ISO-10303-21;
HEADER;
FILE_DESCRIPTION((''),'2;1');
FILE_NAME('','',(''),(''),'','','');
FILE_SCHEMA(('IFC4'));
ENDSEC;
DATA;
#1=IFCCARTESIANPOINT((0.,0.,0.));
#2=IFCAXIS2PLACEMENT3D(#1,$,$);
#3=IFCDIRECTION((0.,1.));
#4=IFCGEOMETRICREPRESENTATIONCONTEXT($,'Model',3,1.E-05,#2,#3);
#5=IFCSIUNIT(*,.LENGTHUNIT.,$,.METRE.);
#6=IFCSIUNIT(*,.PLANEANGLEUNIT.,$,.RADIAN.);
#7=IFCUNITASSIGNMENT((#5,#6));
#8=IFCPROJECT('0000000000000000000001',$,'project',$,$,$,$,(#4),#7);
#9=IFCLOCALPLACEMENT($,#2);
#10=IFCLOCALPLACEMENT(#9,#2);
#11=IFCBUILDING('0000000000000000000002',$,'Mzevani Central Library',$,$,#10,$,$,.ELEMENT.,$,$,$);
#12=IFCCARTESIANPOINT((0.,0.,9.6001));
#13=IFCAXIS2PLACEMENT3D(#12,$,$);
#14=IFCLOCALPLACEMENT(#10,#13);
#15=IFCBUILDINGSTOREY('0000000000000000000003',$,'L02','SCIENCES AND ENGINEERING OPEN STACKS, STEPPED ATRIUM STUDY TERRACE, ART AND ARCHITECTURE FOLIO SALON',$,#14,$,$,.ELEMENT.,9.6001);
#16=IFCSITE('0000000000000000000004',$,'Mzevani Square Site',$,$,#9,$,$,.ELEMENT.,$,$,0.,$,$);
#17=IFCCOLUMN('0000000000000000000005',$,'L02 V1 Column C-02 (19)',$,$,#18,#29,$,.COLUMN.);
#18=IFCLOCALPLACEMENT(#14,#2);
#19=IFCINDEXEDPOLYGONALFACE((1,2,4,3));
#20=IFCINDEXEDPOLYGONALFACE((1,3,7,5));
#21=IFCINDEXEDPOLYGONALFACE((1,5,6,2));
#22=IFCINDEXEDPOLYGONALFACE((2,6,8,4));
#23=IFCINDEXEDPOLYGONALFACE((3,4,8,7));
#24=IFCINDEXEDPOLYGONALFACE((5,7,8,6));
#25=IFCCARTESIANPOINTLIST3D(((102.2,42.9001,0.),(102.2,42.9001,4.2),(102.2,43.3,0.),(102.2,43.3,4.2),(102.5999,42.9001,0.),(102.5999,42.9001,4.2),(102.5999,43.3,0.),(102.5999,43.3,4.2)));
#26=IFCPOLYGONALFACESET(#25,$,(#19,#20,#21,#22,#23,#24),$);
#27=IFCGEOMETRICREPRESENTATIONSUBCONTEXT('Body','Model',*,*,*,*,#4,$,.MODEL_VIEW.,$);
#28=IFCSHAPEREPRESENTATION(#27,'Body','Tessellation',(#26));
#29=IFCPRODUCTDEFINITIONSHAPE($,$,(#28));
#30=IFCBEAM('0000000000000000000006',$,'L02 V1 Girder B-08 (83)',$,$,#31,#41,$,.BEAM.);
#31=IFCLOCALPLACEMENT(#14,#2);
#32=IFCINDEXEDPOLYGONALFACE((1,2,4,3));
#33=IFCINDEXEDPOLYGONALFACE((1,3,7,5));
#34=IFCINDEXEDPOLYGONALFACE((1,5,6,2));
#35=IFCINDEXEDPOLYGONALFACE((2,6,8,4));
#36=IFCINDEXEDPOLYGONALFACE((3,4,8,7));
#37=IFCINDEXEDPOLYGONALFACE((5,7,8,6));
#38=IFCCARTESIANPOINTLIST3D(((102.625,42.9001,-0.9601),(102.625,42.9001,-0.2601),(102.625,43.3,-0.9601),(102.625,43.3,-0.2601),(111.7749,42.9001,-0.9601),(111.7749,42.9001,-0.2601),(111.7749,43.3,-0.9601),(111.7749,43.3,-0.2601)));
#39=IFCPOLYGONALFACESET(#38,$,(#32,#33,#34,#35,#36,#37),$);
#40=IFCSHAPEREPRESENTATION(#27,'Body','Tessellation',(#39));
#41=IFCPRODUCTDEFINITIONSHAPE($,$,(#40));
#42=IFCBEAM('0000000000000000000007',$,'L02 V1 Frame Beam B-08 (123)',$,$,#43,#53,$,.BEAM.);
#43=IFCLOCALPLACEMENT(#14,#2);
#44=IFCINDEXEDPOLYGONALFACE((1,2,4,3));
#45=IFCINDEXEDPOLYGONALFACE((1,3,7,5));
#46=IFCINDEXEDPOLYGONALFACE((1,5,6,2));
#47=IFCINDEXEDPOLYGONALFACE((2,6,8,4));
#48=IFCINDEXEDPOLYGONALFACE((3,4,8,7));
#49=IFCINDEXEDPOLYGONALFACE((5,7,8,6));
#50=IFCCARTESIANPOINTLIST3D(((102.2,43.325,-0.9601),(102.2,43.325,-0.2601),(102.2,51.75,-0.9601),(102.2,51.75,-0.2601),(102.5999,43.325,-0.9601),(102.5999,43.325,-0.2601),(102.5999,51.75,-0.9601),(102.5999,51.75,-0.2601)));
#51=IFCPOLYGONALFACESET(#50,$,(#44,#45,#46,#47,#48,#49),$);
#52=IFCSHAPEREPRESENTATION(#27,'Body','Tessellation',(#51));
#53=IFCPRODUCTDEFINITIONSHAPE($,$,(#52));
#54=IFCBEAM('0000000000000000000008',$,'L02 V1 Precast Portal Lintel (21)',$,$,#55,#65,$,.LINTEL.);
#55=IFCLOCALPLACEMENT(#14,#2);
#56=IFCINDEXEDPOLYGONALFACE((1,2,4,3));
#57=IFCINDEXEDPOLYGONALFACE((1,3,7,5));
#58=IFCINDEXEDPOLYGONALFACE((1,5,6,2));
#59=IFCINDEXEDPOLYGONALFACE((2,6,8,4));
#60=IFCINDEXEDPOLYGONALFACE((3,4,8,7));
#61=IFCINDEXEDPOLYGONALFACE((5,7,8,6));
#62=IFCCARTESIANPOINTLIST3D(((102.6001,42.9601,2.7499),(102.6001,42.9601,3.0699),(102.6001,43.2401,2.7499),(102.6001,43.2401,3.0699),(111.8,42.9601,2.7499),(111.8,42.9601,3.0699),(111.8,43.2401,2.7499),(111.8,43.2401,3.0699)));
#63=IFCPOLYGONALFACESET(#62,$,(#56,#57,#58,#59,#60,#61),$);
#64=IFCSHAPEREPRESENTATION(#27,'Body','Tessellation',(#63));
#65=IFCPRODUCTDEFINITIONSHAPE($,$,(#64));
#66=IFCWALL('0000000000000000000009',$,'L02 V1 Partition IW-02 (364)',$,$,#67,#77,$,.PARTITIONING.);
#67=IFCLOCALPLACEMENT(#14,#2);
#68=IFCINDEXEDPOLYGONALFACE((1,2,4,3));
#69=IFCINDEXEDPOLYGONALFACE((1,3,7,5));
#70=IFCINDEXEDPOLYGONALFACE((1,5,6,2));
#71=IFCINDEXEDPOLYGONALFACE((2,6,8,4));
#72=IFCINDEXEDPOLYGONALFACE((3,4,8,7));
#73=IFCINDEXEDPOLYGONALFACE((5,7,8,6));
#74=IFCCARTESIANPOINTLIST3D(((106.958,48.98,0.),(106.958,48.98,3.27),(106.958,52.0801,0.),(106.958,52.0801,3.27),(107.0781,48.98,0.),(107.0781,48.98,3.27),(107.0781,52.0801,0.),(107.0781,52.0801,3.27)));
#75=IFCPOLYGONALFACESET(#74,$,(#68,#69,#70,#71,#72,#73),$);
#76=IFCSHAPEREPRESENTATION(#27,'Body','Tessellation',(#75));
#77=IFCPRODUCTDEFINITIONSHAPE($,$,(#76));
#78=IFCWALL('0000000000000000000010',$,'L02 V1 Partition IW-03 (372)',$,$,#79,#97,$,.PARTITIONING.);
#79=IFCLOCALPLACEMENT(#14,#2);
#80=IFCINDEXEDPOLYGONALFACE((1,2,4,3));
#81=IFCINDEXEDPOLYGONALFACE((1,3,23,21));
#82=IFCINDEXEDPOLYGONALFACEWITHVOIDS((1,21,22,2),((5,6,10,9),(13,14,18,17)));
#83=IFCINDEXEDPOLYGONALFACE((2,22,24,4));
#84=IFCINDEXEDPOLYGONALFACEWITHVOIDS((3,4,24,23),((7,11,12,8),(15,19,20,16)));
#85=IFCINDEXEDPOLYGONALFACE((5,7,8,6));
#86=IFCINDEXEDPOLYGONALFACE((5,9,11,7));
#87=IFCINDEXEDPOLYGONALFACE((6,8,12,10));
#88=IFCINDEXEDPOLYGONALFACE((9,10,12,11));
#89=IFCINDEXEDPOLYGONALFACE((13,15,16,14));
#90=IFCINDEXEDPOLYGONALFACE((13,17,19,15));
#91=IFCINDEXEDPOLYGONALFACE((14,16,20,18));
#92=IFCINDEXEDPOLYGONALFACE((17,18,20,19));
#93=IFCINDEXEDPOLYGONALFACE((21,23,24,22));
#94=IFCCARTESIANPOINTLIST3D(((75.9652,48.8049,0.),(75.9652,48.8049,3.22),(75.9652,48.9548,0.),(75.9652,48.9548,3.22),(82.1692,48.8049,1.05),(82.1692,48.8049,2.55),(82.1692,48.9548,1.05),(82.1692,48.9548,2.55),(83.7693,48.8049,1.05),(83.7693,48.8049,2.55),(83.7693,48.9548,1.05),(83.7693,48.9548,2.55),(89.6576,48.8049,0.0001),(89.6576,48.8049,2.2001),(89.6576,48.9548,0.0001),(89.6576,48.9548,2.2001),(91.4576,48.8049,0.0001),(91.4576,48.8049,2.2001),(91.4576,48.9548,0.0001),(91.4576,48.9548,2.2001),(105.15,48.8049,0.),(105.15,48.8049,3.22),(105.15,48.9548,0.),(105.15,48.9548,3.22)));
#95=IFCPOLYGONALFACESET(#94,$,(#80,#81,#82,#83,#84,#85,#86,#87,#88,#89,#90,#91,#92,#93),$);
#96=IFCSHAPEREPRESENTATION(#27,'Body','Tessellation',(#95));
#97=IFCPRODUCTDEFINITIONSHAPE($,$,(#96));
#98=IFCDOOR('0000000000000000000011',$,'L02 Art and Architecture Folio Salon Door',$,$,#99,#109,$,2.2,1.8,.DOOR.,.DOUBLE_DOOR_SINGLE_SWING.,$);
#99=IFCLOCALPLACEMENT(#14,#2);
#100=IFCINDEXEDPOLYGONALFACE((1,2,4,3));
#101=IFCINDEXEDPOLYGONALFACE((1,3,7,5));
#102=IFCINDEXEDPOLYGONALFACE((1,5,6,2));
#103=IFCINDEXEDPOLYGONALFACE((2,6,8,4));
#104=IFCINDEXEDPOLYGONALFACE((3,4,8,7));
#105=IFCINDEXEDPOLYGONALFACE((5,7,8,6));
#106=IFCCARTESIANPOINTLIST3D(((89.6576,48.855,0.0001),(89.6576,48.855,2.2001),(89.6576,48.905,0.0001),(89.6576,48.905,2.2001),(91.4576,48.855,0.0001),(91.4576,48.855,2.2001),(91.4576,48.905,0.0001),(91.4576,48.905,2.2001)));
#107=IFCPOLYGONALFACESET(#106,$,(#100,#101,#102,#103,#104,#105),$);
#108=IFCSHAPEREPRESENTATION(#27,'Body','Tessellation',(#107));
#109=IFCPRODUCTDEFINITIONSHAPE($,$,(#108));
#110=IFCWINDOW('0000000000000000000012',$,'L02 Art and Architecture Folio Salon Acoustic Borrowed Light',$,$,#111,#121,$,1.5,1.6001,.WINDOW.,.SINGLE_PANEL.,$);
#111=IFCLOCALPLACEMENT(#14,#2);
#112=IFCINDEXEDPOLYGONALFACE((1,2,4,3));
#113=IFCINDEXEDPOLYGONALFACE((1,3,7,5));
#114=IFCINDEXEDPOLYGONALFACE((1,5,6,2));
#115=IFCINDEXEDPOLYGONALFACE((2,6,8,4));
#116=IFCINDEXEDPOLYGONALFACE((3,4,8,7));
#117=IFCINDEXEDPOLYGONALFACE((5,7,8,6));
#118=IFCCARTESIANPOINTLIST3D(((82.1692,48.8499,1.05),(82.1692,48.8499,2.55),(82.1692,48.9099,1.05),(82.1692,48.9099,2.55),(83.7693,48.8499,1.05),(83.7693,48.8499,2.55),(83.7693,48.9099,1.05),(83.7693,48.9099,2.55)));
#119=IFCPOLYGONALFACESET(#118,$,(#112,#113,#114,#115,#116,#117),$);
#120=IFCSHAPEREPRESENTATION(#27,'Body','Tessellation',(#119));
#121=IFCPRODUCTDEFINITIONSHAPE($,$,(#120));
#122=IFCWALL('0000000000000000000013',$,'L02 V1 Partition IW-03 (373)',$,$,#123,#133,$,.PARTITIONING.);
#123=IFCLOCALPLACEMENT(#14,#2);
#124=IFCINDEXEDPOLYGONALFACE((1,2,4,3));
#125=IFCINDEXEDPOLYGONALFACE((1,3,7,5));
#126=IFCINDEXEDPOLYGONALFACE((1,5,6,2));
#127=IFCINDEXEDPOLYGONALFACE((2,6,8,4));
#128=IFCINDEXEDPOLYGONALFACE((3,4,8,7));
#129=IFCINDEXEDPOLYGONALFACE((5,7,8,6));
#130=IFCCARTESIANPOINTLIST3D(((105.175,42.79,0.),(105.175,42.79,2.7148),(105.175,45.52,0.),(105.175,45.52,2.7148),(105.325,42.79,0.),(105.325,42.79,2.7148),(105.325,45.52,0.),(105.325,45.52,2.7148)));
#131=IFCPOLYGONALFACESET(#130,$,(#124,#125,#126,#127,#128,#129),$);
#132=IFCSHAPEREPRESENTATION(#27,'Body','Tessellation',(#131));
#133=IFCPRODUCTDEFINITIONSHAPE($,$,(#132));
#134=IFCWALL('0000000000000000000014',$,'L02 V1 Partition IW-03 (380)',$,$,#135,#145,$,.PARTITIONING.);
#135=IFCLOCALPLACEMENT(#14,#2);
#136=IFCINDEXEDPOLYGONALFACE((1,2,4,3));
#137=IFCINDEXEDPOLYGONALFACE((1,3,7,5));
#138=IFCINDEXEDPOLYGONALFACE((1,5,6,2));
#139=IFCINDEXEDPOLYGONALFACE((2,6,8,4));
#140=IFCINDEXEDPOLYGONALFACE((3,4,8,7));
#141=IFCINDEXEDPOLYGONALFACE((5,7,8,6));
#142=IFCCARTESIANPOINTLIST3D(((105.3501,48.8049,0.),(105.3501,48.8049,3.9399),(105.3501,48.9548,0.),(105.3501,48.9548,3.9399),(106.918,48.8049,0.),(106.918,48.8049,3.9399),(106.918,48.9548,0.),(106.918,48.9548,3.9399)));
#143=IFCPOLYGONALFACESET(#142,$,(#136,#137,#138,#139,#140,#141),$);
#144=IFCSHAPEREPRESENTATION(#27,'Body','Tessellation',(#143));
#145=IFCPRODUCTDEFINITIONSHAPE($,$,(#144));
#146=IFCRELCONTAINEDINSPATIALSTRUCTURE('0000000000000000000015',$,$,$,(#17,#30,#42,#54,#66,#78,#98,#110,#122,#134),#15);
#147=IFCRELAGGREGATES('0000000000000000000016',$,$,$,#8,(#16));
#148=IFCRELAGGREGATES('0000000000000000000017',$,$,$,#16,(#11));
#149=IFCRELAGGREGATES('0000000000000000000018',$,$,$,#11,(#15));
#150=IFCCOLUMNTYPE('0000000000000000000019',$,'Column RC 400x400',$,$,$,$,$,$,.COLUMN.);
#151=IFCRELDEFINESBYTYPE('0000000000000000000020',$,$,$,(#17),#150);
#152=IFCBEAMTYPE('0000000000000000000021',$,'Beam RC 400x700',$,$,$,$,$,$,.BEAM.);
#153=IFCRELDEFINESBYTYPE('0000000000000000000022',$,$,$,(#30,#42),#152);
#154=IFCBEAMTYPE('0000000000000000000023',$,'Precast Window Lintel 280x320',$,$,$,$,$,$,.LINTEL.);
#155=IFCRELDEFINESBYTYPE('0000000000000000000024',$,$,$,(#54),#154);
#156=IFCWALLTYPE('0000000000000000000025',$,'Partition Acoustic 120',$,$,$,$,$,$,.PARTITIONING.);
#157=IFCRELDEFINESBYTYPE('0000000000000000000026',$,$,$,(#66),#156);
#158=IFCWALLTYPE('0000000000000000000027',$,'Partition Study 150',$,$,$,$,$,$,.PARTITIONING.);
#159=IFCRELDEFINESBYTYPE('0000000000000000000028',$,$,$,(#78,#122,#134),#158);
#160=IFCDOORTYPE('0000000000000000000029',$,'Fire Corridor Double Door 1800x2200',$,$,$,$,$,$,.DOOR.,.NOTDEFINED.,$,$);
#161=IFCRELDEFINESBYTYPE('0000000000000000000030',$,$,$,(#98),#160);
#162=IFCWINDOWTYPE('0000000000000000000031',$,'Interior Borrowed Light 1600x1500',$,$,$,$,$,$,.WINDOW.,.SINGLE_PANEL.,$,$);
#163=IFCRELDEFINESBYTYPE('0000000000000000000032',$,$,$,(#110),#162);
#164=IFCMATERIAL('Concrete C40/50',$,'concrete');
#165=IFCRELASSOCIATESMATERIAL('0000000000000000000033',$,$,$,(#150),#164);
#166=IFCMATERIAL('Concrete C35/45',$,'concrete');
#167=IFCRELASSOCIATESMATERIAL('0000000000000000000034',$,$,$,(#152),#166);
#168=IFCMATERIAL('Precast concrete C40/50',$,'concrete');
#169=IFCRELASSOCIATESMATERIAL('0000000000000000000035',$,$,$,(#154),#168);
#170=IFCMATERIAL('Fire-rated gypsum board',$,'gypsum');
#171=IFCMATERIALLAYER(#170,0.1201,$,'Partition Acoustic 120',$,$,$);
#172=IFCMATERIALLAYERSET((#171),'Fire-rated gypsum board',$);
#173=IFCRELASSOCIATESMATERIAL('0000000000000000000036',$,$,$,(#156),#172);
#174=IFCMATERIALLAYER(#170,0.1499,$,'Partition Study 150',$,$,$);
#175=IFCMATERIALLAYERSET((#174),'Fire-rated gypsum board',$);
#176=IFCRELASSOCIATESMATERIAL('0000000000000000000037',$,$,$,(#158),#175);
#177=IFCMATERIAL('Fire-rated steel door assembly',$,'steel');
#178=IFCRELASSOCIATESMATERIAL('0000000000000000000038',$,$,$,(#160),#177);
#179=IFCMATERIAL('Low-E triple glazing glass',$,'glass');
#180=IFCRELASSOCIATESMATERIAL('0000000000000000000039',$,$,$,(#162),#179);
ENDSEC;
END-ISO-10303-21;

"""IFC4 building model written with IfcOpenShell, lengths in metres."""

from ifc_helpers import new_model, si_unit, direction, frame, frame_2d, origin, origin_2d, place, context, subcontext, project, spatial, rectangle, extrude, material, layer, layer_set, material_profile, profile_set, type_object, element, fill, save


model = new_model("IFC4")

# Units and contexts
model_context = context("Model", 3, precision=1e-05, world=origin(), true_north=direction((0.0, 1.0)))
body_context = subcontext(model_context, "Body", "Model", "MODEL_VIEW")
ifc_project = project(units=[si_unit("LENGTHUNIT", "METRE"), si_unit("PLANEANGLEUNIT", "RADIAN")], contexts=[model_context])

# Site, building, storey
site_placement = place(None, origin())
site = spatial("IfcSite", under=ifc_project, at=site_placement, Name="Mzevani Square Site", CompositionType="ELEMENT", RefElevation=0.0)
building_placement = place(site_placement, origin())
building = spatial("IfcBuilding", under=site, at=building_placement, Name="Mzevani Central Library", CompositionType="ELEMENT")
storey_placement = place(building_placement, frame((0.0, 0.0, 9.6001)))
storey = spatial("IfcBuildingStorey", under=building, at=storey_placement, Name="L02", Description="SCIENCES AND ENGINEERING OPEN STACKS, STEPPED ATRIUM STUDY TERRACE, ART AND ARCHITECTURE FOLIO SALON", CompositionType="ELEMENT", Elevation=9.6001)

# Column
ifc_material_1 = material(Name="Concrete C40/50", Category="concrete")
ifc_material_profile_1 = material_profile(ifc_material_1, rectangle(XDim=0.3999, YDim=0.3999, at=origin_2d()), Name="RC 400x400")
ifc_profile_set_1 = profile_set([ifc_material_profile_1], Name="Concrete C40/50")
column_type = type_object("IfcColumnType", Name="Column RC 400x400", PredefinedType="COLUMN", material=ifc_profile_set_1)
column_placement = place(storey_placement, frame((102.3999, 43.1001, 0.0), z_axis=(0.0, 0.0, 1.0), x_axis=(1.0, 0.0, 0.0)))
element("IfcColumn", 1, at=column_placement, inside=storey, type_object=column_type, Name="L02 V1 Column C-02 (19)", PredefinedType="COLUMN", context=body_context, shape_type="SweptSolid", body=[
    extrude(rectangle(XDim=0.3999, YDim=0.3999, at=origin_2d()), origin(), (0.0, 0.0, 1.0), 4.2),
])

# Beams
ifc_material_2 = material(Name="Concrete C35/45", Category="concrete")
ifc_material_profile_2 = material_profile(ifc_material_2, rectangle(XDim=0.3999, YDim=0.7, at=origin_2d()), Name="RC B400x700")
ifc_profile_set_2 = profile_set([ifc_material_profile_2], Name="Concrete C35/45")
beam_type_1 = type_object("IfcBeamType", Name="Beam RC 400x700", PredefinedType="BEAM", material=ifc_profile_set_2)
beam_1_placement = place(storey_placement, frame((102.625, 43.1001, -0.6101), z_axis=(1.0, 0.0, 0.0), x_axis=(0.0, 1.0, 0.0)))
element("IfcBeam", 2, at=beam_1_placement, inside=storey, type_object=beam_type_1, Name="L02 V1 Girder B-08 (83)", PredefinedType="BEAM", context=body_context, shape_type="SweptSolid", body=[
    extrude(rectangle(XDim=0.3999, YDim=0.7, at=origin_2d()), origin(), (0.0, 0.0, 1.0), 9.1499),
])
beam_2_placement = place(storey_placement, frame((102.3999, 43.325, -0.6101), z_axis=(0.0, 1.0, 0.0), x_axis=(-1.0, 0.0, 0.0)))
element("IfcBeam", 3, at=beam_2_placement, inside=storey, type_object=beam_type_1, Name="L02 V1 Frame Beam B-08 (123)", PredefinedType="BEAM", context=body_context, shape_type="SweptSolid", body=[
    extrude(rectangle(XDim=0.3999, YDim=0.7, at=origin_2d()), origin(), (0.0, 0.0, 1.0), 8.425),
])
ifc_material_3 = material(Name="Precast concrete C40/50", Category="concrete")
ifc_material_profile_3 = material_profile(ifc_material_3, rectangle(XDim=0.28, YDim=0.3201, at=origin_2d()), Name="PC LN280x320")
ifc_profile_set_3 = profile_set([ifc_material_profile_3], Name="Precast concrete C40/50")
beam_type_2 = type_object("IfcBeamType", Name="Precast Window Lintel 280x320", PredefinedType="LINTEL", material=ifc_profile_set_3)
beam_3_placement = place(storey_placement, frame((102.6001, 43.1001, 2.9099), z_axis=(1.0, 0.0, 0.0), x_axis=(0.0, 1.0, 0.0)))
element("IfcBeam", 4, at=beam_3_placement, inside=storey, type_object=beam_type_2, Name="L02 V1 Precast Portal Lintel (21)", PredefinedType="LINTEL", context=body_context, shape_type="SweptSolid", body=[
    extrude(rectangle(XDim=0.28, YDim=0.3201, at=origin_2d()), origin(), (0.0, 0.0, 1.0), 9.2),
])

# Wall
ifc_material_4 = material(Name="Fire-rated gypsum board", Category="gypsum")
ifc_layer_1 = layer(ifc_material_4, 0.1201, Name="Partition Acoustic 120")
ifc_layer_set_1 = layer_set([ifc_layer_1], Name="Fire-rated gypsum board")
wall_type_1 = type_object("IfcWallType", Name="Partition Acoustic 120", PredefinedType="PARTITIONING", material=ifc_layer_set_1)
wall_1_placement = place(storey_placement, frame((107.0181, 48.98, 0.0), z_axis=(0.0, 0.0, 1.0), x_axis=(0.0, 1.0, 0.0)))
element("IfcWall", 5, at=wall_1_placement, inside=storey, type_object=wall_type_1, Name="L02 V1 Partition IW-02 (364)", PredefinedType="PARTITIONING", context=body_context, shape_type="SweptSolid", body=[
    extrude(rectangle(XDim=3.1001, YDim=0.1201, at=frame_2d((1.55, 0.0))), origin(), (0.0, 0.0, 1.0), 3.27),
])

# Wall, openings, door, window
ifc_layer_2 = layer(ifc_material_4, 0.1499, Name="Partition Study 150")
ifc_layer_set_2 = layer_set([ifc_layer_2], Name="Fire-rated gypsum board")
wall_type_2 = type_object("IfcWallType", Name="Partition Study 150", PredefinedType="PARTITIONING", material=ifc_layer_set_2)
wall_2_placement = place(storey_placement, frame((105.1499, 48.8799, 0.0), z_axis=(0.0, 0.0, 1.0), x_axis=(-1.0, 0.0, 0.0)))
wall_2 = element("IfcWall", 6, at=wall_2_placement, inside=storey, type_object=wall_type_2, Name="L02 V1 Partition IW-03 (372)", PredefinedType="PARTITIONING", context=body_context, shape_type="SweptSolid", body=[
    extrude(rectangle(XDim=29.1848, YDim=0.1499, at=frame_2d((14.5923, 0.0))), origin(), (0.0, 0.0, 1.0), 3.22),
])
opening_1_placement = place(wall_2_placement, frame((13.6924, 0.0, 0.0)))
opening_1 = element("IfcOpeningElement", 7, at=opening_1_placement, cuts=wall_2, PredefinedType="OPENING", context=body_context, shape_type="SweptSolid", body=[
    extrude(rectangle(XDim=1.8, YDim=2.2, at=frame_2d((0.8999, 1.1001))), frame((0.0, 0.085, 0.0), z_axis=(0.0, -1.0, 0.0), x_axis=(1.0, 0.0, 0.0)), (0.0, 0.0, 1.0), 0.1699),
])
opening_2_placement = place(wall_2_placement, frame((21.3806, 0.0, 1.05)))
opening_2 = element("IfcOpeningElement", 8, at=opening_2_placement, cuts=wall_2, PredefinedType="OPENING", context=body_context, shape_type="SweptSolid", body=[
    extrude(rectangle(XDim=1.6001, YDim=1.5, at=frame_2d((0.8, 0.75))), frame((0.0, 0.085, 0.0), z_axis=(0.0, -1.0, 0.0), x_axis=(1.0, 0.0, 0.0)), (0.0, 0.0, 1.0), 0.1699),
])
ifc_material_5 = material(Name="Fire-rated steel door assembly", Category="steel")
door_type = type_object("IfcDoorType", Name="Fire Corridor Double Door 1800x2200", OperationType="NOTDEFINED", PredefinedType="DOOR", material=ifc_material_5)
door_1_placement = place(opening_1_placement, origin())
door_1 = element("IfcDoor", 9, at=door_1_placement, inside=storey, type_object=door_type, Name="L02 Art and Architecture Folio Salon Door", OperationType="DOUBLE_DOOR_SINGLE_SWING", OverallHeight=2.2, OverallWidth=1.8, PredefinedType="DOOR", context=body_context, shape_type="SweptSolid", body=[
    extrude(rectangle(XDim=1.8, YDim=2.2, at=frame_2d((0.8999, 1.1001))), frame((0.0, 0.0249, 0.0), z_axis=(0.0, -1.0, 0.0), x_axis=(1.0, 0.0, 0.0)), (0.0, 0.0, 1.0), 0.05),
])
fill(opening_1, door_1)
ifc_material_6 = material(Name="Low-E triple glazing glass", Category="glass")
window_type = type_object("IfcWindowType", Name="Interior Borrowed Light 1600x1500", PartitioningType="SINGLE_PANEL", PredefinedType="WINDOW", material=ifc_material_6)
window_1_placement = place(opening_2_placement, origin())
window_1 = element("IfcWindow", 10, at=window_1_placement, inside=storey, type_object=window_type, Name="L02 Art and Architecture Folio Salon Acoustic Borrowed Light", OverallHeight=1.5, OverallWidth=1.6001, PartitioningType="SINGLE_PANEL", PredefinedType="WINDOW", context=body_context, shape_type="SweptSolid", body=[
    extrude(rectangle(XDim=1.6001, YDim=1.5, at=frame_2d((0.8, 0.75))), frame((0.0, 0.03, 0.0), z_axis=(0.0, -1.0, 0.0), x_axis=(1.0, 0.0, 0.0)), (0.0, 0.0, 1.0), 0.0601),
])
fill(opening_2, window_1)

# Walls
wall_3_placement = place(storey_placement, frame((105.25, 45.52, 0.0), z_axis=(0.0, 0.0, 1.0), x_axis=(0.0, -1.0, 0.0)))
element("IfcWall", 11, at=wall_3_placement, inside=storey, type_object=wall_type_2, Name="L02 V1 Partition IW-03 (373)", PredefinedType="PARTITIONING", context=body_context, shape_type="SweptSolid", body=[
    extrude(rectangle(XDim=2.73, YDim=0.1499, at=frame_2d((1.365, 0.0))), origin(), (0.0, 0.0, 1.0), 2.7148),
])
wall_4_placement = place(storey_placement, frame((106.918, 48.8799, 0.0), z_axis=(0.0, 0.0, 1.0), x_axis=(-1.0, 0.0, 0.0)))
element("IfcWall", 12, at=wall_4_placement, inside=storey, type_object=wall_type_2, Name="L02 V1 Partition IW-03 (380)", PredefinedType="PARTITIONING", context=body_context, shape_type="SweptSolid", body=[
    extrude(rectangle(XDim=1.5679, YDim=0.1499, at=frame_2d((0.7839, 0.0))), origin(), (0.0, 0.0, 1.0), 3.9399),
])

save(model, "model.ifc")
